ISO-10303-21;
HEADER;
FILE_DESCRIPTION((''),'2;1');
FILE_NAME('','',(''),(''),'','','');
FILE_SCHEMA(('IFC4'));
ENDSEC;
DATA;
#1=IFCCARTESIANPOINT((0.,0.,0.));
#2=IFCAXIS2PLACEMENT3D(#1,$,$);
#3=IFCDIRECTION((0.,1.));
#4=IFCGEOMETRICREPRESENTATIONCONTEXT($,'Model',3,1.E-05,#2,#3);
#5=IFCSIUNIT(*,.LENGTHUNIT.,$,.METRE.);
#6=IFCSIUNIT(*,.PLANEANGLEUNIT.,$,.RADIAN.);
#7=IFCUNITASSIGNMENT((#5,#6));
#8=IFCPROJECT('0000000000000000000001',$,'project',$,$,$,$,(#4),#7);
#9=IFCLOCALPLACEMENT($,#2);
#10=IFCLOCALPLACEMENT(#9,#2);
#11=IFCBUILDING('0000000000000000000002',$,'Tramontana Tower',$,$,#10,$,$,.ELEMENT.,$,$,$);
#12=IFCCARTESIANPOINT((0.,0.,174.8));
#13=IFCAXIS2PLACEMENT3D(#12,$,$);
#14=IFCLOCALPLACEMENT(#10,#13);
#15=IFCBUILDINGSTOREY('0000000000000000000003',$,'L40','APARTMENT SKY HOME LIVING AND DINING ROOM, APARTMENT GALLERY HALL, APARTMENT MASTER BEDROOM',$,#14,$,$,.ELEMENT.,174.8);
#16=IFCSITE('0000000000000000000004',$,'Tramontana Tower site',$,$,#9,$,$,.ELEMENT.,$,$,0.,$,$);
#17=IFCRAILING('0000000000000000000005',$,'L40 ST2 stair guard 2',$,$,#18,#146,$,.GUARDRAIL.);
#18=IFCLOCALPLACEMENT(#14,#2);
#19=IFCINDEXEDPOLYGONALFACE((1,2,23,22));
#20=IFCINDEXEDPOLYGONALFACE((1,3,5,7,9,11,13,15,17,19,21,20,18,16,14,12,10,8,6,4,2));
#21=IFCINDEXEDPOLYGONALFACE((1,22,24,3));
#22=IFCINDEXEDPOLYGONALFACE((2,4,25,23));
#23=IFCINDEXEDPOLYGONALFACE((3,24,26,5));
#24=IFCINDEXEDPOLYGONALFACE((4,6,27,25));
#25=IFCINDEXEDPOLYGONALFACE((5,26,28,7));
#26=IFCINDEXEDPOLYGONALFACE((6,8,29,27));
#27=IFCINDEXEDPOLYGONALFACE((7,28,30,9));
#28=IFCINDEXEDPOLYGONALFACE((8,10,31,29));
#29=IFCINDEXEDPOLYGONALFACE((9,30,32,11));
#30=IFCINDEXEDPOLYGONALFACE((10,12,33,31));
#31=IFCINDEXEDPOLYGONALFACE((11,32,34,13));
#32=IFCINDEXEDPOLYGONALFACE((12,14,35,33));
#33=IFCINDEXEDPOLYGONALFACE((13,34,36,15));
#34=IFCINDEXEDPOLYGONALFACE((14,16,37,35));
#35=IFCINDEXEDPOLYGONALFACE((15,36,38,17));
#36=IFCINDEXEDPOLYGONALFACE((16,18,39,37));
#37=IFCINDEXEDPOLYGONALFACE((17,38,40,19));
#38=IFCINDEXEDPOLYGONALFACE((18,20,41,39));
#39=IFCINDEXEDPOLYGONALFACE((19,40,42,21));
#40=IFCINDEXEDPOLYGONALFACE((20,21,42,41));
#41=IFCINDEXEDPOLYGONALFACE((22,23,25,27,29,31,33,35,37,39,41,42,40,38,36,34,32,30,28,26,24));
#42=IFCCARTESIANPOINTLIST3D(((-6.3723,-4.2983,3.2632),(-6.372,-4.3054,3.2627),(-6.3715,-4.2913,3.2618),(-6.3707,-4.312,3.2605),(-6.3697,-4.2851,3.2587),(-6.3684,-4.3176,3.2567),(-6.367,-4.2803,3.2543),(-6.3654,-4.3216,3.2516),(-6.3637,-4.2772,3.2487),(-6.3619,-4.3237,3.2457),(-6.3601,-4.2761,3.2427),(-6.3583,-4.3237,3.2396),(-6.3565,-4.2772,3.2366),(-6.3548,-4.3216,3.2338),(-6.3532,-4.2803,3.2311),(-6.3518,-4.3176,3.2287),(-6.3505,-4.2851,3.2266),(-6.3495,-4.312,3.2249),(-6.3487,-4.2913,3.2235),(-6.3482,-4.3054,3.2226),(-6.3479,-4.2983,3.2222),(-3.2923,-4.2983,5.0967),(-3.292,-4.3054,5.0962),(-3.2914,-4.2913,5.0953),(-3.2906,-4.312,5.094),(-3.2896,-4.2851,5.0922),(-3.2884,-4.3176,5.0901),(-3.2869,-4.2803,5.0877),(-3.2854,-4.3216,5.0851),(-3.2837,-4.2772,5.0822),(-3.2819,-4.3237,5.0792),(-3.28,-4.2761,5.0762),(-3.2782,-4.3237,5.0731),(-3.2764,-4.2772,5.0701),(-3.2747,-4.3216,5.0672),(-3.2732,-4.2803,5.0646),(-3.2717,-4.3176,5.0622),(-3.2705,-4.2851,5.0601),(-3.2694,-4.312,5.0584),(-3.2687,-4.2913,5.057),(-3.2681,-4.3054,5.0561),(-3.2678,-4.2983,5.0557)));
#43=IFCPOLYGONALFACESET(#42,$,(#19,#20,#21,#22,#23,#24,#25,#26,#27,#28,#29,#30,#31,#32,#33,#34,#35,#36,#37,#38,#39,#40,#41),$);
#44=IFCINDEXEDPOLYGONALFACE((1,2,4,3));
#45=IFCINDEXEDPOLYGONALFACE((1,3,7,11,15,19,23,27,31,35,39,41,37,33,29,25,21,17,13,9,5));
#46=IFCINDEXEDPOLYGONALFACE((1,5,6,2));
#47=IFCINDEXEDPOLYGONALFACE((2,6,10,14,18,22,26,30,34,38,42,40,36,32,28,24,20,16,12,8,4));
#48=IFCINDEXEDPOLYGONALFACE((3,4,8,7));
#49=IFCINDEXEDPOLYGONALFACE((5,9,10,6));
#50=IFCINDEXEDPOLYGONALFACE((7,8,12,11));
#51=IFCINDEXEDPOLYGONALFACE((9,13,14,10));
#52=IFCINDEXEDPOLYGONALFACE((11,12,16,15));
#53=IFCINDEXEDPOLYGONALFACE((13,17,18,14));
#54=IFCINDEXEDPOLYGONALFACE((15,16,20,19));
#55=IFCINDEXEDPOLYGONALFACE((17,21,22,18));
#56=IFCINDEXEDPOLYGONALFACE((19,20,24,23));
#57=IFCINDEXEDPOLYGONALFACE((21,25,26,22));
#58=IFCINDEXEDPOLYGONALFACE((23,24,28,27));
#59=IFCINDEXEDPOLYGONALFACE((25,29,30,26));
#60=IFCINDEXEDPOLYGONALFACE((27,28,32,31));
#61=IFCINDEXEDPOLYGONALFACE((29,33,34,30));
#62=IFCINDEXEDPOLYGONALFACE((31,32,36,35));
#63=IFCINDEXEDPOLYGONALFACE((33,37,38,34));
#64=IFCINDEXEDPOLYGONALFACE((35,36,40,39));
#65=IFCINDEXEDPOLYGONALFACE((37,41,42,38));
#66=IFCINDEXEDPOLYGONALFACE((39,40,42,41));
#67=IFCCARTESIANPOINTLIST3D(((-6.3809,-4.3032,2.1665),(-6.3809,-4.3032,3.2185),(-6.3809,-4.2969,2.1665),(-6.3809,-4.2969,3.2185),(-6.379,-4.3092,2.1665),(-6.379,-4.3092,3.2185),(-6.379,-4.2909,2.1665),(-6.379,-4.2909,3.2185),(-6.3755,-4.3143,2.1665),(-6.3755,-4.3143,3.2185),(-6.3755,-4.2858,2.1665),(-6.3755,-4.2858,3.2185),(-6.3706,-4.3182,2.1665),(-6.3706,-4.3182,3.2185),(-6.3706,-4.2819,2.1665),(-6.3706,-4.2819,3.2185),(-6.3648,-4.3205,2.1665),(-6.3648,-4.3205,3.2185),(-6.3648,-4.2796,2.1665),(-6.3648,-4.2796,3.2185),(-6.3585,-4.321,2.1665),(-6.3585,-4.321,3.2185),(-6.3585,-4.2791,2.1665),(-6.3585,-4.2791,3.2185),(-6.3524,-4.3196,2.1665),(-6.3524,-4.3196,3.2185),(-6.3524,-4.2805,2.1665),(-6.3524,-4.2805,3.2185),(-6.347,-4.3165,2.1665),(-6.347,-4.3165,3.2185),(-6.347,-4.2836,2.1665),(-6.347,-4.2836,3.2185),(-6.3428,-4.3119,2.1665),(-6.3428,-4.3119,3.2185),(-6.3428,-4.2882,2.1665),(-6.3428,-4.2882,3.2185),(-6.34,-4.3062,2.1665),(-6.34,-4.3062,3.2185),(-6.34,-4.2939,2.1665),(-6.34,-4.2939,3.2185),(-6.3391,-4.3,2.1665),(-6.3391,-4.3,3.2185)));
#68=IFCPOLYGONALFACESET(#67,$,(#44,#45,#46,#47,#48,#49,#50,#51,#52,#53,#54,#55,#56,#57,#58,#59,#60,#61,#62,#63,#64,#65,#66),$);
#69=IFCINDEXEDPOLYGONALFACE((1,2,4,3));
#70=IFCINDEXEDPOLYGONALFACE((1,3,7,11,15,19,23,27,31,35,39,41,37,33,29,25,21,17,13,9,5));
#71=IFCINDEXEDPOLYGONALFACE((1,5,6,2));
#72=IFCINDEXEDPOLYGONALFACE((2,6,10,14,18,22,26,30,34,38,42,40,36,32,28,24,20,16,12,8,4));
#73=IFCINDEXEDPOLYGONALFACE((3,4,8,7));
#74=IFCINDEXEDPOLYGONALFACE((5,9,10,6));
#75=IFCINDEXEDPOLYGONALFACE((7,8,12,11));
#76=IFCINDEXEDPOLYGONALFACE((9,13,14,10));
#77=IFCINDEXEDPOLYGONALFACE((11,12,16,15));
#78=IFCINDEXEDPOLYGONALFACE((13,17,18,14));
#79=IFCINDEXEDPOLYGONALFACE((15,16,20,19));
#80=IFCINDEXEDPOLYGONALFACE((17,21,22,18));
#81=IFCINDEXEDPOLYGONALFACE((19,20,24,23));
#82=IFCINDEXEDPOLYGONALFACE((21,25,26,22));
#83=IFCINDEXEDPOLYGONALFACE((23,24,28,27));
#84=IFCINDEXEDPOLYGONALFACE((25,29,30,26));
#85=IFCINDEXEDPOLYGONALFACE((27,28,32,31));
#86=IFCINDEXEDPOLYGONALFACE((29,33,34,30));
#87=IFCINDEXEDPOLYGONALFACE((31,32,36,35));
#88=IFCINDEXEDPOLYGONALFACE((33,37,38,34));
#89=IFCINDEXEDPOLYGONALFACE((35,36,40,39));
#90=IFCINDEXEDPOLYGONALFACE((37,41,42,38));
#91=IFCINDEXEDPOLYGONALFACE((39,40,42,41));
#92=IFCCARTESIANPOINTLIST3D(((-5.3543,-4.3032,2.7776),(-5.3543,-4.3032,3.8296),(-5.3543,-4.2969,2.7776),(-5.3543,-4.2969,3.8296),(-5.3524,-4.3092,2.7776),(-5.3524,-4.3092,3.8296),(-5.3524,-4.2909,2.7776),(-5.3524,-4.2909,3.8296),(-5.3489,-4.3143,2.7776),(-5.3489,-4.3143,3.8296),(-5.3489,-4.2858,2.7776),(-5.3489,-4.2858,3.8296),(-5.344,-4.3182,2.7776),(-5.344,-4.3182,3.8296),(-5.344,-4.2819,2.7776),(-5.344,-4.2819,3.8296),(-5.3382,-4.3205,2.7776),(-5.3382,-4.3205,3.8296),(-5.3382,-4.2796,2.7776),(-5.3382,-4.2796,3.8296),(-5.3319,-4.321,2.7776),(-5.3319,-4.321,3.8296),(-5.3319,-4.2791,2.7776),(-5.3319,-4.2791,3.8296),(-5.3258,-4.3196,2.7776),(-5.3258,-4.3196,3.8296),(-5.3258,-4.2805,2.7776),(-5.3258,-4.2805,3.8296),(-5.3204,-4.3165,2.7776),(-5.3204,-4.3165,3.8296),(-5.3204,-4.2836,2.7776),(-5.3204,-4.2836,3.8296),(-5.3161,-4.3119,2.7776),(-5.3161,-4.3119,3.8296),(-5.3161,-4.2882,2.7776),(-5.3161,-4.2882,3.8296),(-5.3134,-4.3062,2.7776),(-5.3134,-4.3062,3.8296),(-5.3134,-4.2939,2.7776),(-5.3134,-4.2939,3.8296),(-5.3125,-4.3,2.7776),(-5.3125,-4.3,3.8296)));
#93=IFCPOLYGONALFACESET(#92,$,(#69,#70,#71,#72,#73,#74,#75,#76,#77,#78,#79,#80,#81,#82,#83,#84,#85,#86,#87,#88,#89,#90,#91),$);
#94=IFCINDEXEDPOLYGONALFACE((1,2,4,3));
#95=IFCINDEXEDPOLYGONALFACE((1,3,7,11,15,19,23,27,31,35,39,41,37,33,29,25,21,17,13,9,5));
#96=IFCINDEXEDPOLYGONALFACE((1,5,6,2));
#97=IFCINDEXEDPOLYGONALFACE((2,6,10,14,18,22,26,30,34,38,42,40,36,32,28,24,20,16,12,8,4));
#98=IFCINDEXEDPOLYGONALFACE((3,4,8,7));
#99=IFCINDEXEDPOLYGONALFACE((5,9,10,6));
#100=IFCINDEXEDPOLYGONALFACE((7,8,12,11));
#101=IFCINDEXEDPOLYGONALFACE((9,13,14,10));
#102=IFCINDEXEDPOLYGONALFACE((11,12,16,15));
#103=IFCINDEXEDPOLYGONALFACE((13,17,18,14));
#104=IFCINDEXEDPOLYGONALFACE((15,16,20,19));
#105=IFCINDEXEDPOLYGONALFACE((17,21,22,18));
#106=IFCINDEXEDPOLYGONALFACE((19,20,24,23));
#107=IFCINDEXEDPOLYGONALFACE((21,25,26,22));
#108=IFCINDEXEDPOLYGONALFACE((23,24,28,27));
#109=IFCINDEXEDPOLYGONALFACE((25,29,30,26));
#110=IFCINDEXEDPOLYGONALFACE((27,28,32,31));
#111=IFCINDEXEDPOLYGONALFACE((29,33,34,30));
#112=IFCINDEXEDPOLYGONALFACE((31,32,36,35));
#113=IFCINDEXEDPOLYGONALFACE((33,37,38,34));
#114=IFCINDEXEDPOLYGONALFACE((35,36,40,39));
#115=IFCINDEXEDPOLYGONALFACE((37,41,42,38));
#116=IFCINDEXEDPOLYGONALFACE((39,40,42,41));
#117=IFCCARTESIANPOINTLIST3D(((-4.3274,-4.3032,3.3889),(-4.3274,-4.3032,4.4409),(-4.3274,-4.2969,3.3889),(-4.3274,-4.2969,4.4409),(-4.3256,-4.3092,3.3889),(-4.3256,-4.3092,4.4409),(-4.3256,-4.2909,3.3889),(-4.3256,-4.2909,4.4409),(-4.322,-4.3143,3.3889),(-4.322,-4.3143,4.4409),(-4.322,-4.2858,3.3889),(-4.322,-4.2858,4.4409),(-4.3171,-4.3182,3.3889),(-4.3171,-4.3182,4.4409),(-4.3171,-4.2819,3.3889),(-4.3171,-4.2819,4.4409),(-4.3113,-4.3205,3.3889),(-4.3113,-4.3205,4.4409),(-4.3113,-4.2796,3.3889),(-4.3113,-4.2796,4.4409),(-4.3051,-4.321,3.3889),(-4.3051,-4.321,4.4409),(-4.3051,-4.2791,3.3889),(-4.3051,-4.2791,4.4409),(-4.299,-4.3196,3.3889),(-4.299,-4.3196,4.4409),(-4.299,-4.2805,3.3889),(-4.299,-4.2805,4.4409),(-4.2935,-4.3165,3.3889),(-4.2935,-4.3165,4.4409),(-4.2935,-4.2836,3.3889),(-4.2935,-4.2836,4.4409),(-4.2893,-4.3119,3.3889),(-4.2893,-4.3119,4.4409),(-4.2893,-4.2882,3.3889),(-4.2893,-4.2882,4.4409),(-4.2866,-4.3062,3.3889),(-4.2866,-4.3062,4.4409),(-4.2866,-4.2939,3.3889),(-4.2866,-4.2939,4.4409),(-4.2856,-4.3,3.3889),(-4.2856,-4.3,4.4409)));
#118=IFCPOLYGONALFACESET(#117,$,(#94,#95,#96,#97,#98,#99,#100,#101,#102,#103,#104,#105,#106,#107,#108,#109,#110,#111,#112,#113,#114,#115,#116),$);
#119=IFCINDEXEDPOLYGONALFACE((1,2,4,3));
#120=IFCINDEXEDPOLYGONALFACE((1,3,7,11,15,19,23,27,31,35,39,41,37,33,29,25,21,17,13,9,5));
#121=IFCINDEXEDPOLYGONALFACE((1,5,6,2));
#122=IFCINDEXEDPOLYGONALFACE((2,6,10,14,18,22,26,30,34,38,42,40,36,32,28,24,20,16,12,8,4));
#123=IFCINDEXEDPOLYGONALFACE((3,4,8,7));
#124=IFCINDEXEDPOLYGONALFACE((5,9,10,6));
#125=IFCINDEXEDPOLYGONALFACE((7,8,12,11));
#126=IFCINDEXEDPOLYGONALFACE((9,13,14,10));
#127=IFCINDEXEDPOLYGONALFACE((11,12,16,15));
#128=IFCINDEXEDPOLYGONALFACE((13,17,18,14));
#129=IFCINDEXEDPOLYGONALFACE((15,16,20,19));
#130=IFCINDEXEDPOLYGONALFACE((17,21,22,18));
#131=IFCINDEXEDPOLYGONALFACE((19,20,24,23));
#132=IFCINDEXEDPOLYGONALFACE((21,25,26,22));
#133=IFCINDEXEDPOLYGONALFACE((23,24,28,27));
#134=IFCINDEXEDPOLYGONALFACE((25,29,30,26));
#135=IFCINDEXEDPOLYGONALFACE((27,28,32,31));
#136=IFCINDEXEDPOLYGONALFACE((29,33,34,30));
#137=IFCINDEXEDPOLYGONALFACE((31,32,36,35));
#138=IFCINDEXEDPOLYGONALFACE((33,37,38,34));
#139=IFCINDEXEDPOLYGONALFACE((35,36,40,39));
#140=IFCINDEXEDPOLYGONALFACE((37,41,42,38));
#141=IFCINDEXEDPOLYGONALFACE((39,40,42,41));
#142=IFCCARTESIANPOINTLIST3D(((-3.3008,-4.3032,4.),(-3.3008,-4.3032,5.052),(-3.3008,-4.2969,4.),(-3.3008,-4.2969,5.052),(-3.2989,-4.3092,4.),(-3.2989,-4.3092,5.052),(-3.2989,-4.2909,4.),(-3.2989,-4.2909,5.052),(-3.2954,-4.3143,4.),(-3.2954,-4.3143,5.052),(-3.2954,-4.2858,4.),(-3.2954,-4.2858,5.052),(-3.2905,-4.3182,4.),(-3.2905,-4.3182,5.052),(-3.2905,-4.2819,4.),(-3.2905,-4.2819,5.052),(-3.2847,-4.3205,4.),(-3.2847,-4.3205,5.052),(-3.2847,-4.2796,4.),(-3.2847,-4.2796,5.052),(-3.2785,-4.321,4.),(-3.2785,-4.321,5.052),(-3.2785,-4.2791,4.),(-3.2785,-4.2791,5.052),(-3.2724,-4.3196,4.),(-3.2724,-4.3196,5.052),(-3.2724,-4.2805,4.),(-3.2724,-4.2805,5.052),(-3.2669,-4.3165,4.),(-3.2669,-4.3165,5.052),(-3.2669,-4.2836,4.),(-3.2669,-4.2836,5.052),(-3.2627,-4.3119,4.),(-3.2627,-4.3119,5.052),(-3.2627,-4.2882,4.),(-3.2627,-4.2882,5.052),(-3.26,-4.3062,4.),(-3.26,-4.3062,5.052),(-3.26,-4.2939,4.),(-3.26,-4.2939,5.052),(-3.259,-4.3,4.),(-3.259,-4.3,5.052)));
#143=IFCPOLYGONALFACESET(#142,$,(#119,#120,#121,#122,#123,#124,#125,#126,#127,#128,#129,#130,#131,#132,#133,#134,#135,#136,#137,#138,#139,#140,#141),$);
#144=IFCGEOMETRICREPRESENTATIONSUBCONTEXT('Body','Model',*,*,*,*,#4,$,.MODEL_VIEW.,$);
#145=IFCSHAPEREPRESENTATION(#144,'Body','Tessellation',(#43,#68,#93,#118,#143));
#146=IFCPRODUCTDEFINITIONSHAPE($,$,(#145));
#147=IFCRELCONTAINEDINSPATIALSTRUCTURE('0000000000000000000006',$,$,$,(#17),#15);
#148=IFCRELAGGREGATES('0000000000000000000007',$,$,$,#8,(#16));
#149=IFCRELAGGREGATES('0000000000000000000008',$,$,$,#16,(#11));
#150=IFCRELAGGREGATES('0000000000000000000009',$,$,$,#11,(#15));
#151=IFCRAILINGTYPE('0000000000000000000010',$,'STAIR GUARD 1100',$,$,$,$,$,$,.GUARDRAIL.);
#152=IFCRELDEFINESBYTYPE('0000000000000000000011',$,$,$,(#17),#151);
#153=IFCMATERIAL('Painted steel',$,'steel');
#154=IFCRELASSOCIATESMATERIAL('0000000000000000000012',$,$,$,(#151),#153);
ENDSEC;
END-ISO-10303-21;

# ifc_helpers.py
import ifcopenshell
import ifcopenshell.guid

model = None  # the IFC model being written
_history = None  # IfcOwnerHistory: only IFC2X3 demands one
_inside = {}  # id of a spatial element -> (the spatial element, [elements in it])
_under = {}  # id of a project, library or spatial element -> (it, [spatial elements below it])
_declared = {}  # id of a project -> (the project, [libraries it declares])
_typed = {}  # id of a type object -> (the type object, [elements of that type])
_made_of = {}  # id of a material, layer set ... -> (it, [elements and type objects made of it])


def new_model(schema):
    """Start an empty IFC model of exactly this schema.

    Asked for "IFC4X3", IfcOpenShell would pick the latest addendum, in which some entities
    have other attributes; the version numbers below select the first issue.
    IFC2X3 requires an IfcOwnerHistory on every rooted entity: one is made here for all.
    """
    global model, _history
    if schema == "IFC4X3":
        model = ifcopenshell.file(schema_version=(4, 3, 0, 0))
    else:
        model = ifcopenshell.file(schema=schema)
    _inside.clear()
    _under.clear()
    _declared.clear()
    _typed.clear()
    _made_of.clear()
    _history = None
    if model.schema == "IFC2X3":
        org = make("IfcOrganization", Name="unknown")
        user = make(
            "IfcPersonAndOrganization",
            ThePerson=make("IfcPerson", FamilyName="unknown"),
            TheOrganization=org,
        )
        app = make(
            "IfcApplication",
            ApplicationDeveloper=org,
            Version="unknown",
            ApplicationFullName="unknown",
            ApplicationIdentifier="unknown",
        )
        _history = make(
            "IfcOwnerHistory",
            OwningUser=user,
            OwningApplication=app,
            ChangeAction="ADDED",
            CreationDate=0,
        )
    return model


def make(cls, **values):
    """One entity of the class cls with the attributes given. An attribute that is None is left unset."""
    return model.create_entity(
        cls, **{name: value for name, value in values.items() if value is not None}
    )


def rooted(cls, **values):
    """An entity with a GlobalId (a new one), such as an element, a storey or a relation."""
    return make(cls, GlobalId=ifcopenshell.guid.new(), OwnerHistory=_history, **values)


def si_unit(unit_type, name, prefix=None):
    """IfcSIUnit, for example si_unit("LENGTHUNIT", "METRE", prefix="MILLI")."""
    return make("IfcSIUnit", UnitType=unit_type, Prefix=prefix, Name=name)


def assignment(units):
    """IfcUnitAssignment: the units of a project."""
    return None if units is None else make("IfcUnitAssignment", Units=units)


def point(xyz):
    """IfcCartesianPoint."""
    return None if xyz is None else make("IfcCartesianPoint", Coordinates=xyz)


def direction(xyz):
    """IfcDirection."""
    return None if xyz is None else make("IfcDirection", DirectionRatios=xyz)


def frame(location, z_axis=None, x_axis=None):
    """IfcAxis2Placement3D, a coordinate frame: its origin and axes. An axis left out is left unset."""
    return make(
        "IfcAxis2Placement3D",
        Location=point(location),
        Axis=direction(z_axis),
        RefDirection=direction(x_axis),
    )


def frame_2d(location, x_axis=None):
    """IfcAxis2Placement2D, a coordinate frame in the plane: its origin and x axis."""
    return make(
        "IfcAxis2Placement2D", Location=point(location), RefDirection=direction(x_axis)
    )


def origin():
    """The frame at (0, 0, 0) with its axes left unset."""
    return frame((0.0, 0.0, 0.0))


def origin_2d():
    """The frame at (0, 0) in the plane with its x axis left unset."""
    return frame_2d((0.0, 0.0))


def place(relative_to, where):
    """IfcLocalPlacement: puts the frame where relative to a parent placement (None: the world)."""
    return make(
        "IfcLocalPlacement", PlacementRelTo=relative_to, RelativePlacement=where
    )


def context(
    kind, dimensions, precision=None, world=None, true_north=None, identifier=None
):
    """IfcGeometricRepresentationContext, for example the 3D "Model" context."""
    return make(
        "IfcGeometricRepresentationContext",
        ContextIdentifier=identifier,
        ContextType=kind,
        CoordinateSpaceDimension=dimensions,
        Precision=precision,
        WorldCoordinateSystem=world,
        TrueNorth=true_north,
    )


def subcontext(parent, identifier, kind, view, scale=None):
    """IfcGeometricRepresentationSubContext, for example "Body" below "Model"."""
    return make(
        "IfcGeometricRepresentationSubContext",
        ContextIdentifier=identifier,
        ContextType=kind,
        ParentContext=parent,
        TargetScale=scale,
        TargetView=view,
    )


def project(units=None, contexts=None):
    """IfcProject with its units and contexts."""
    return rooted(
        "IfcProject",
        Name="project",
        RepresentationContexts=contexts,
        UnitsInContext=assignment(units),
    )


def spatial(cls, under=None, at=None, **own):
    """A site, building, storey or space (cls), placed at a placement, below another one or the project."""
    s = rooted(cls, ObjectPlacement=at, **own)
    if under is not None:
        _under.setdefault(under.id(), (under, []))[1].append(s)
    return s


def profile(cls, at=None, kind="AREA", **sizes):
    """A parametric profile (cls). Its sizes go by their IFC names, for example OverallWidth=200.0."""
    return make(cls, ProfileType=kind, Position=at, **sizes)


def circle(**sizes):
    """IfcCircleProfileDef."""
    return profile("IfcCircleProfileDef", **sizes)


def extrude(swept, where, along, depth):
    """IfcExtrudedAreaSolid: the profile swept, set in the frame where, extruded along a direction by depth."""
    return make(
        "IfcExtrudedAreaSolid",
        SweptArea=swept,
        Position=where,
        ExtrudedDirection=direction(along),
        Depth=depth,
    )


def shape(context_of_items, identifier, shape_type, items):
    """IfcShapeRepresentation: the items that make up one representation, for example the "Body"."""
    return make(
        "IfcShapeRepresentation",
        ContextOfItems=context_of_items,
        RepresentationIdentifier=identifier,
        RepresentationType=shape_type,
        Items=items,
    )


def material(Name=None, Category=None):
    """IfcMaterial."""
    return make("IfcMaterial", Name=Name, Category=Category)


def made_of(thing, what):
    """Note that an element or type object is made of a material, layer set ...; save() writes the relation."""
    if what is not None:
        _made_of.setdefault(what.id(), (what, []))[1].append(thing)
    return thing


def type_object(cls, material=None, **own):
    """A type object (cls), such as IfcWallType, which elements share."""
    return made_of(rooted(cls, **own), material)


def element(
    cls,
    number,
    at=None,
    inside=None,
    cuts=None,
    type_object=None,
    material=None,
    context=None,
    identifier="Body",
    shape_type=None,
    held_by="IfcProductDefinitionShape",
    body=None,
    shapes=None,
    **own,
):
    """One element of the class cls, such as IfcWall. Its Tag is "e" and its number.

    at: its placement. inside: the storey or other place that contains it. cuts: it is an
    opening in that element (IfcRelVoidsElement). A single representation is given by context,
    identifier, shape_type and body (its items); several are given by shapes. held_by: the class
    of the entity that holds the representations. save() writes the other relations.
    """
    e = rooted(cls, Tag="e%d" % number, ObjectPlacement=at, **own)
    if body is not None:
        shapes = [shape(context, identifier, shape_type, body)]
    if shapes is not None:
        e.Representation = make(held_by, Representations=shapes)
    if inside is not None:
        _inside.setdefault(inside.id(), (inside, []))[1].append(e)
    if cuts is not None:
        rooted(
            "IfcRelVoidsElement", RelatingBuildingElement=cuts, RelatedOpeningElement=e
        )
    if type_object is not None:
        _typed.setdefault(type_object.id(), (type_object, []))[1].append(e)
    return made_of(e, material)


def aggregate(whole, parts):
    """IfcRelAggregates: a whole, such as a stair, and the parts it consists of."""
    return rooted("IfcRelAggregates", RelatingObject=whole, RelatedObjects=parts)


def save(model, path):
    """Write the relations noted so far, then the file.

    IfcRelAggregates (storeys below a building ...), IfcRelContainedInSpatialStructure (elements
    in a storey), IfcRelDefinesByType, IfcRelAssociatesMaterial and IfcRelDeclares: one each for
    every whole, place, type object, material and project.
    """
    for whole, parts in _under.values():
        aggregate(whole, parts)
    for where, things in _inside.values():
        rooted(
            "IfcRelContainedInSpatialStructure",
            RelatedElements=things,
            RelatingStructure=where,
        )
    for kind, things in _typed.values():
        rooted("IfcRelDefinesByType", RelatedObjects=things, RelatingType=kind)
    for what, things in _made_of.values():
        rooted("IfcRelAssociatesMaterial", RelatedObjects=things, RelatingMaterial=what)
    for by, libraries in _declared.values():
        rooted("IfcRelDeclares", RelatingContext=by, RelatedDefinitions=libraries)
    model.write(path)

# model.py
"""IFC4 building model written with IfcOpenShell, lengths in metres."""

from ifc_helpers import new_model, si_unit, direction, frame, origin, origin_2d, place, context, subcontext, project, spatial, circle, extrude, material, type_object, element, save


model = new_model("IFC4")

# Units and contexts
model_context = context("Model", 3, precision=1e-05, world=origin(), true_north=direction((0.0, 1.0)))
body_context = subcontext(model_context, "Body", "Model", "MODEL_VIEW")
ifc_project = project(units=[si_unit("LENGTHUNIT", "METRE"), si_unit("PLANEANGLEUNIT", "RADIAN")], contexts=[model_context])

# Site, building, storey
site_placement = place(None, origin())
site = spatial("IfcSite", under=ifc_project, at=site_placement, Name="Tramontana Tower site", CompositionType="ELEMENT", RefElevation=0.0)
building_placement = place(site_placement, origin())
building = spatial("IfcBuilding", under=site, at=building_placement, Name="Tramontana Tower", CompositionType="ELEMENT")
storey_placement = place(building_placement, frame((0.0, 0.0, 174.8)))
storey = spatial("IfcBuildingStorey", under=building, at=storey_placement, Name="L40", Description="APARTMENT SKY HOME LIVING AND DINING ROOM, APARTMENT GALLERY HALL, APARTMENT MASTER BEDROOM", CompositionType="ELEMENT", Elevation=174.8)

# Railing
ifc_material_1 = material(Name="Painted steel", Category="steel")
railing_type_1 = type_object("IfcRailingType", Name="STAIR GUARD 1100", PredefinedType="GUARDRAIL", material=ifc_material_1)
railing_1_placement = place(storey_placement, frame((-6.3601, -4.3, 2.1665)))
element("IfcRailing", 1, at=railing_1_placement, inside=storey, type_object=railing_type_1, Name="L40 ST2 stair guard 2", PredefinedType="GUARDRAIL", context=body_context, shape_type="SweptSolid", body=[
    extrude(circle(Radius=0.0239, at=origin_2d()), frame((0.0, 0.0, 1.0762), z_axis=(0.859279, 0.0, 0.511508), x_axis=(0.0, 1.0, 0.0)), (0.0, 0.0, 1.0), 3.5845),
    extrude(circle(Radius=0.021, at=origin_2d()), origin(), (0.0, 0.0, 1.0), 1.052),
    extrude(circle(Radius=0.021, at=origin_2d()), frame((1.0266, 0.0, 0.6111)), (0.0, 0.0, 1.0), 1.052),
    extrude(circle(Radius=0.021, at=origin_2d()), frame((2.0535, 0.0, 1.2224)), (0.0, 0.0, 1.0), 1.052),
    extrude(circle(Radius=0.021, at=origin_2d()), frame((3.0801, 0.0, 1.8335)), (0.0, 0.0, 1.0), 1.052),
])

save(model, "model.ifc")
